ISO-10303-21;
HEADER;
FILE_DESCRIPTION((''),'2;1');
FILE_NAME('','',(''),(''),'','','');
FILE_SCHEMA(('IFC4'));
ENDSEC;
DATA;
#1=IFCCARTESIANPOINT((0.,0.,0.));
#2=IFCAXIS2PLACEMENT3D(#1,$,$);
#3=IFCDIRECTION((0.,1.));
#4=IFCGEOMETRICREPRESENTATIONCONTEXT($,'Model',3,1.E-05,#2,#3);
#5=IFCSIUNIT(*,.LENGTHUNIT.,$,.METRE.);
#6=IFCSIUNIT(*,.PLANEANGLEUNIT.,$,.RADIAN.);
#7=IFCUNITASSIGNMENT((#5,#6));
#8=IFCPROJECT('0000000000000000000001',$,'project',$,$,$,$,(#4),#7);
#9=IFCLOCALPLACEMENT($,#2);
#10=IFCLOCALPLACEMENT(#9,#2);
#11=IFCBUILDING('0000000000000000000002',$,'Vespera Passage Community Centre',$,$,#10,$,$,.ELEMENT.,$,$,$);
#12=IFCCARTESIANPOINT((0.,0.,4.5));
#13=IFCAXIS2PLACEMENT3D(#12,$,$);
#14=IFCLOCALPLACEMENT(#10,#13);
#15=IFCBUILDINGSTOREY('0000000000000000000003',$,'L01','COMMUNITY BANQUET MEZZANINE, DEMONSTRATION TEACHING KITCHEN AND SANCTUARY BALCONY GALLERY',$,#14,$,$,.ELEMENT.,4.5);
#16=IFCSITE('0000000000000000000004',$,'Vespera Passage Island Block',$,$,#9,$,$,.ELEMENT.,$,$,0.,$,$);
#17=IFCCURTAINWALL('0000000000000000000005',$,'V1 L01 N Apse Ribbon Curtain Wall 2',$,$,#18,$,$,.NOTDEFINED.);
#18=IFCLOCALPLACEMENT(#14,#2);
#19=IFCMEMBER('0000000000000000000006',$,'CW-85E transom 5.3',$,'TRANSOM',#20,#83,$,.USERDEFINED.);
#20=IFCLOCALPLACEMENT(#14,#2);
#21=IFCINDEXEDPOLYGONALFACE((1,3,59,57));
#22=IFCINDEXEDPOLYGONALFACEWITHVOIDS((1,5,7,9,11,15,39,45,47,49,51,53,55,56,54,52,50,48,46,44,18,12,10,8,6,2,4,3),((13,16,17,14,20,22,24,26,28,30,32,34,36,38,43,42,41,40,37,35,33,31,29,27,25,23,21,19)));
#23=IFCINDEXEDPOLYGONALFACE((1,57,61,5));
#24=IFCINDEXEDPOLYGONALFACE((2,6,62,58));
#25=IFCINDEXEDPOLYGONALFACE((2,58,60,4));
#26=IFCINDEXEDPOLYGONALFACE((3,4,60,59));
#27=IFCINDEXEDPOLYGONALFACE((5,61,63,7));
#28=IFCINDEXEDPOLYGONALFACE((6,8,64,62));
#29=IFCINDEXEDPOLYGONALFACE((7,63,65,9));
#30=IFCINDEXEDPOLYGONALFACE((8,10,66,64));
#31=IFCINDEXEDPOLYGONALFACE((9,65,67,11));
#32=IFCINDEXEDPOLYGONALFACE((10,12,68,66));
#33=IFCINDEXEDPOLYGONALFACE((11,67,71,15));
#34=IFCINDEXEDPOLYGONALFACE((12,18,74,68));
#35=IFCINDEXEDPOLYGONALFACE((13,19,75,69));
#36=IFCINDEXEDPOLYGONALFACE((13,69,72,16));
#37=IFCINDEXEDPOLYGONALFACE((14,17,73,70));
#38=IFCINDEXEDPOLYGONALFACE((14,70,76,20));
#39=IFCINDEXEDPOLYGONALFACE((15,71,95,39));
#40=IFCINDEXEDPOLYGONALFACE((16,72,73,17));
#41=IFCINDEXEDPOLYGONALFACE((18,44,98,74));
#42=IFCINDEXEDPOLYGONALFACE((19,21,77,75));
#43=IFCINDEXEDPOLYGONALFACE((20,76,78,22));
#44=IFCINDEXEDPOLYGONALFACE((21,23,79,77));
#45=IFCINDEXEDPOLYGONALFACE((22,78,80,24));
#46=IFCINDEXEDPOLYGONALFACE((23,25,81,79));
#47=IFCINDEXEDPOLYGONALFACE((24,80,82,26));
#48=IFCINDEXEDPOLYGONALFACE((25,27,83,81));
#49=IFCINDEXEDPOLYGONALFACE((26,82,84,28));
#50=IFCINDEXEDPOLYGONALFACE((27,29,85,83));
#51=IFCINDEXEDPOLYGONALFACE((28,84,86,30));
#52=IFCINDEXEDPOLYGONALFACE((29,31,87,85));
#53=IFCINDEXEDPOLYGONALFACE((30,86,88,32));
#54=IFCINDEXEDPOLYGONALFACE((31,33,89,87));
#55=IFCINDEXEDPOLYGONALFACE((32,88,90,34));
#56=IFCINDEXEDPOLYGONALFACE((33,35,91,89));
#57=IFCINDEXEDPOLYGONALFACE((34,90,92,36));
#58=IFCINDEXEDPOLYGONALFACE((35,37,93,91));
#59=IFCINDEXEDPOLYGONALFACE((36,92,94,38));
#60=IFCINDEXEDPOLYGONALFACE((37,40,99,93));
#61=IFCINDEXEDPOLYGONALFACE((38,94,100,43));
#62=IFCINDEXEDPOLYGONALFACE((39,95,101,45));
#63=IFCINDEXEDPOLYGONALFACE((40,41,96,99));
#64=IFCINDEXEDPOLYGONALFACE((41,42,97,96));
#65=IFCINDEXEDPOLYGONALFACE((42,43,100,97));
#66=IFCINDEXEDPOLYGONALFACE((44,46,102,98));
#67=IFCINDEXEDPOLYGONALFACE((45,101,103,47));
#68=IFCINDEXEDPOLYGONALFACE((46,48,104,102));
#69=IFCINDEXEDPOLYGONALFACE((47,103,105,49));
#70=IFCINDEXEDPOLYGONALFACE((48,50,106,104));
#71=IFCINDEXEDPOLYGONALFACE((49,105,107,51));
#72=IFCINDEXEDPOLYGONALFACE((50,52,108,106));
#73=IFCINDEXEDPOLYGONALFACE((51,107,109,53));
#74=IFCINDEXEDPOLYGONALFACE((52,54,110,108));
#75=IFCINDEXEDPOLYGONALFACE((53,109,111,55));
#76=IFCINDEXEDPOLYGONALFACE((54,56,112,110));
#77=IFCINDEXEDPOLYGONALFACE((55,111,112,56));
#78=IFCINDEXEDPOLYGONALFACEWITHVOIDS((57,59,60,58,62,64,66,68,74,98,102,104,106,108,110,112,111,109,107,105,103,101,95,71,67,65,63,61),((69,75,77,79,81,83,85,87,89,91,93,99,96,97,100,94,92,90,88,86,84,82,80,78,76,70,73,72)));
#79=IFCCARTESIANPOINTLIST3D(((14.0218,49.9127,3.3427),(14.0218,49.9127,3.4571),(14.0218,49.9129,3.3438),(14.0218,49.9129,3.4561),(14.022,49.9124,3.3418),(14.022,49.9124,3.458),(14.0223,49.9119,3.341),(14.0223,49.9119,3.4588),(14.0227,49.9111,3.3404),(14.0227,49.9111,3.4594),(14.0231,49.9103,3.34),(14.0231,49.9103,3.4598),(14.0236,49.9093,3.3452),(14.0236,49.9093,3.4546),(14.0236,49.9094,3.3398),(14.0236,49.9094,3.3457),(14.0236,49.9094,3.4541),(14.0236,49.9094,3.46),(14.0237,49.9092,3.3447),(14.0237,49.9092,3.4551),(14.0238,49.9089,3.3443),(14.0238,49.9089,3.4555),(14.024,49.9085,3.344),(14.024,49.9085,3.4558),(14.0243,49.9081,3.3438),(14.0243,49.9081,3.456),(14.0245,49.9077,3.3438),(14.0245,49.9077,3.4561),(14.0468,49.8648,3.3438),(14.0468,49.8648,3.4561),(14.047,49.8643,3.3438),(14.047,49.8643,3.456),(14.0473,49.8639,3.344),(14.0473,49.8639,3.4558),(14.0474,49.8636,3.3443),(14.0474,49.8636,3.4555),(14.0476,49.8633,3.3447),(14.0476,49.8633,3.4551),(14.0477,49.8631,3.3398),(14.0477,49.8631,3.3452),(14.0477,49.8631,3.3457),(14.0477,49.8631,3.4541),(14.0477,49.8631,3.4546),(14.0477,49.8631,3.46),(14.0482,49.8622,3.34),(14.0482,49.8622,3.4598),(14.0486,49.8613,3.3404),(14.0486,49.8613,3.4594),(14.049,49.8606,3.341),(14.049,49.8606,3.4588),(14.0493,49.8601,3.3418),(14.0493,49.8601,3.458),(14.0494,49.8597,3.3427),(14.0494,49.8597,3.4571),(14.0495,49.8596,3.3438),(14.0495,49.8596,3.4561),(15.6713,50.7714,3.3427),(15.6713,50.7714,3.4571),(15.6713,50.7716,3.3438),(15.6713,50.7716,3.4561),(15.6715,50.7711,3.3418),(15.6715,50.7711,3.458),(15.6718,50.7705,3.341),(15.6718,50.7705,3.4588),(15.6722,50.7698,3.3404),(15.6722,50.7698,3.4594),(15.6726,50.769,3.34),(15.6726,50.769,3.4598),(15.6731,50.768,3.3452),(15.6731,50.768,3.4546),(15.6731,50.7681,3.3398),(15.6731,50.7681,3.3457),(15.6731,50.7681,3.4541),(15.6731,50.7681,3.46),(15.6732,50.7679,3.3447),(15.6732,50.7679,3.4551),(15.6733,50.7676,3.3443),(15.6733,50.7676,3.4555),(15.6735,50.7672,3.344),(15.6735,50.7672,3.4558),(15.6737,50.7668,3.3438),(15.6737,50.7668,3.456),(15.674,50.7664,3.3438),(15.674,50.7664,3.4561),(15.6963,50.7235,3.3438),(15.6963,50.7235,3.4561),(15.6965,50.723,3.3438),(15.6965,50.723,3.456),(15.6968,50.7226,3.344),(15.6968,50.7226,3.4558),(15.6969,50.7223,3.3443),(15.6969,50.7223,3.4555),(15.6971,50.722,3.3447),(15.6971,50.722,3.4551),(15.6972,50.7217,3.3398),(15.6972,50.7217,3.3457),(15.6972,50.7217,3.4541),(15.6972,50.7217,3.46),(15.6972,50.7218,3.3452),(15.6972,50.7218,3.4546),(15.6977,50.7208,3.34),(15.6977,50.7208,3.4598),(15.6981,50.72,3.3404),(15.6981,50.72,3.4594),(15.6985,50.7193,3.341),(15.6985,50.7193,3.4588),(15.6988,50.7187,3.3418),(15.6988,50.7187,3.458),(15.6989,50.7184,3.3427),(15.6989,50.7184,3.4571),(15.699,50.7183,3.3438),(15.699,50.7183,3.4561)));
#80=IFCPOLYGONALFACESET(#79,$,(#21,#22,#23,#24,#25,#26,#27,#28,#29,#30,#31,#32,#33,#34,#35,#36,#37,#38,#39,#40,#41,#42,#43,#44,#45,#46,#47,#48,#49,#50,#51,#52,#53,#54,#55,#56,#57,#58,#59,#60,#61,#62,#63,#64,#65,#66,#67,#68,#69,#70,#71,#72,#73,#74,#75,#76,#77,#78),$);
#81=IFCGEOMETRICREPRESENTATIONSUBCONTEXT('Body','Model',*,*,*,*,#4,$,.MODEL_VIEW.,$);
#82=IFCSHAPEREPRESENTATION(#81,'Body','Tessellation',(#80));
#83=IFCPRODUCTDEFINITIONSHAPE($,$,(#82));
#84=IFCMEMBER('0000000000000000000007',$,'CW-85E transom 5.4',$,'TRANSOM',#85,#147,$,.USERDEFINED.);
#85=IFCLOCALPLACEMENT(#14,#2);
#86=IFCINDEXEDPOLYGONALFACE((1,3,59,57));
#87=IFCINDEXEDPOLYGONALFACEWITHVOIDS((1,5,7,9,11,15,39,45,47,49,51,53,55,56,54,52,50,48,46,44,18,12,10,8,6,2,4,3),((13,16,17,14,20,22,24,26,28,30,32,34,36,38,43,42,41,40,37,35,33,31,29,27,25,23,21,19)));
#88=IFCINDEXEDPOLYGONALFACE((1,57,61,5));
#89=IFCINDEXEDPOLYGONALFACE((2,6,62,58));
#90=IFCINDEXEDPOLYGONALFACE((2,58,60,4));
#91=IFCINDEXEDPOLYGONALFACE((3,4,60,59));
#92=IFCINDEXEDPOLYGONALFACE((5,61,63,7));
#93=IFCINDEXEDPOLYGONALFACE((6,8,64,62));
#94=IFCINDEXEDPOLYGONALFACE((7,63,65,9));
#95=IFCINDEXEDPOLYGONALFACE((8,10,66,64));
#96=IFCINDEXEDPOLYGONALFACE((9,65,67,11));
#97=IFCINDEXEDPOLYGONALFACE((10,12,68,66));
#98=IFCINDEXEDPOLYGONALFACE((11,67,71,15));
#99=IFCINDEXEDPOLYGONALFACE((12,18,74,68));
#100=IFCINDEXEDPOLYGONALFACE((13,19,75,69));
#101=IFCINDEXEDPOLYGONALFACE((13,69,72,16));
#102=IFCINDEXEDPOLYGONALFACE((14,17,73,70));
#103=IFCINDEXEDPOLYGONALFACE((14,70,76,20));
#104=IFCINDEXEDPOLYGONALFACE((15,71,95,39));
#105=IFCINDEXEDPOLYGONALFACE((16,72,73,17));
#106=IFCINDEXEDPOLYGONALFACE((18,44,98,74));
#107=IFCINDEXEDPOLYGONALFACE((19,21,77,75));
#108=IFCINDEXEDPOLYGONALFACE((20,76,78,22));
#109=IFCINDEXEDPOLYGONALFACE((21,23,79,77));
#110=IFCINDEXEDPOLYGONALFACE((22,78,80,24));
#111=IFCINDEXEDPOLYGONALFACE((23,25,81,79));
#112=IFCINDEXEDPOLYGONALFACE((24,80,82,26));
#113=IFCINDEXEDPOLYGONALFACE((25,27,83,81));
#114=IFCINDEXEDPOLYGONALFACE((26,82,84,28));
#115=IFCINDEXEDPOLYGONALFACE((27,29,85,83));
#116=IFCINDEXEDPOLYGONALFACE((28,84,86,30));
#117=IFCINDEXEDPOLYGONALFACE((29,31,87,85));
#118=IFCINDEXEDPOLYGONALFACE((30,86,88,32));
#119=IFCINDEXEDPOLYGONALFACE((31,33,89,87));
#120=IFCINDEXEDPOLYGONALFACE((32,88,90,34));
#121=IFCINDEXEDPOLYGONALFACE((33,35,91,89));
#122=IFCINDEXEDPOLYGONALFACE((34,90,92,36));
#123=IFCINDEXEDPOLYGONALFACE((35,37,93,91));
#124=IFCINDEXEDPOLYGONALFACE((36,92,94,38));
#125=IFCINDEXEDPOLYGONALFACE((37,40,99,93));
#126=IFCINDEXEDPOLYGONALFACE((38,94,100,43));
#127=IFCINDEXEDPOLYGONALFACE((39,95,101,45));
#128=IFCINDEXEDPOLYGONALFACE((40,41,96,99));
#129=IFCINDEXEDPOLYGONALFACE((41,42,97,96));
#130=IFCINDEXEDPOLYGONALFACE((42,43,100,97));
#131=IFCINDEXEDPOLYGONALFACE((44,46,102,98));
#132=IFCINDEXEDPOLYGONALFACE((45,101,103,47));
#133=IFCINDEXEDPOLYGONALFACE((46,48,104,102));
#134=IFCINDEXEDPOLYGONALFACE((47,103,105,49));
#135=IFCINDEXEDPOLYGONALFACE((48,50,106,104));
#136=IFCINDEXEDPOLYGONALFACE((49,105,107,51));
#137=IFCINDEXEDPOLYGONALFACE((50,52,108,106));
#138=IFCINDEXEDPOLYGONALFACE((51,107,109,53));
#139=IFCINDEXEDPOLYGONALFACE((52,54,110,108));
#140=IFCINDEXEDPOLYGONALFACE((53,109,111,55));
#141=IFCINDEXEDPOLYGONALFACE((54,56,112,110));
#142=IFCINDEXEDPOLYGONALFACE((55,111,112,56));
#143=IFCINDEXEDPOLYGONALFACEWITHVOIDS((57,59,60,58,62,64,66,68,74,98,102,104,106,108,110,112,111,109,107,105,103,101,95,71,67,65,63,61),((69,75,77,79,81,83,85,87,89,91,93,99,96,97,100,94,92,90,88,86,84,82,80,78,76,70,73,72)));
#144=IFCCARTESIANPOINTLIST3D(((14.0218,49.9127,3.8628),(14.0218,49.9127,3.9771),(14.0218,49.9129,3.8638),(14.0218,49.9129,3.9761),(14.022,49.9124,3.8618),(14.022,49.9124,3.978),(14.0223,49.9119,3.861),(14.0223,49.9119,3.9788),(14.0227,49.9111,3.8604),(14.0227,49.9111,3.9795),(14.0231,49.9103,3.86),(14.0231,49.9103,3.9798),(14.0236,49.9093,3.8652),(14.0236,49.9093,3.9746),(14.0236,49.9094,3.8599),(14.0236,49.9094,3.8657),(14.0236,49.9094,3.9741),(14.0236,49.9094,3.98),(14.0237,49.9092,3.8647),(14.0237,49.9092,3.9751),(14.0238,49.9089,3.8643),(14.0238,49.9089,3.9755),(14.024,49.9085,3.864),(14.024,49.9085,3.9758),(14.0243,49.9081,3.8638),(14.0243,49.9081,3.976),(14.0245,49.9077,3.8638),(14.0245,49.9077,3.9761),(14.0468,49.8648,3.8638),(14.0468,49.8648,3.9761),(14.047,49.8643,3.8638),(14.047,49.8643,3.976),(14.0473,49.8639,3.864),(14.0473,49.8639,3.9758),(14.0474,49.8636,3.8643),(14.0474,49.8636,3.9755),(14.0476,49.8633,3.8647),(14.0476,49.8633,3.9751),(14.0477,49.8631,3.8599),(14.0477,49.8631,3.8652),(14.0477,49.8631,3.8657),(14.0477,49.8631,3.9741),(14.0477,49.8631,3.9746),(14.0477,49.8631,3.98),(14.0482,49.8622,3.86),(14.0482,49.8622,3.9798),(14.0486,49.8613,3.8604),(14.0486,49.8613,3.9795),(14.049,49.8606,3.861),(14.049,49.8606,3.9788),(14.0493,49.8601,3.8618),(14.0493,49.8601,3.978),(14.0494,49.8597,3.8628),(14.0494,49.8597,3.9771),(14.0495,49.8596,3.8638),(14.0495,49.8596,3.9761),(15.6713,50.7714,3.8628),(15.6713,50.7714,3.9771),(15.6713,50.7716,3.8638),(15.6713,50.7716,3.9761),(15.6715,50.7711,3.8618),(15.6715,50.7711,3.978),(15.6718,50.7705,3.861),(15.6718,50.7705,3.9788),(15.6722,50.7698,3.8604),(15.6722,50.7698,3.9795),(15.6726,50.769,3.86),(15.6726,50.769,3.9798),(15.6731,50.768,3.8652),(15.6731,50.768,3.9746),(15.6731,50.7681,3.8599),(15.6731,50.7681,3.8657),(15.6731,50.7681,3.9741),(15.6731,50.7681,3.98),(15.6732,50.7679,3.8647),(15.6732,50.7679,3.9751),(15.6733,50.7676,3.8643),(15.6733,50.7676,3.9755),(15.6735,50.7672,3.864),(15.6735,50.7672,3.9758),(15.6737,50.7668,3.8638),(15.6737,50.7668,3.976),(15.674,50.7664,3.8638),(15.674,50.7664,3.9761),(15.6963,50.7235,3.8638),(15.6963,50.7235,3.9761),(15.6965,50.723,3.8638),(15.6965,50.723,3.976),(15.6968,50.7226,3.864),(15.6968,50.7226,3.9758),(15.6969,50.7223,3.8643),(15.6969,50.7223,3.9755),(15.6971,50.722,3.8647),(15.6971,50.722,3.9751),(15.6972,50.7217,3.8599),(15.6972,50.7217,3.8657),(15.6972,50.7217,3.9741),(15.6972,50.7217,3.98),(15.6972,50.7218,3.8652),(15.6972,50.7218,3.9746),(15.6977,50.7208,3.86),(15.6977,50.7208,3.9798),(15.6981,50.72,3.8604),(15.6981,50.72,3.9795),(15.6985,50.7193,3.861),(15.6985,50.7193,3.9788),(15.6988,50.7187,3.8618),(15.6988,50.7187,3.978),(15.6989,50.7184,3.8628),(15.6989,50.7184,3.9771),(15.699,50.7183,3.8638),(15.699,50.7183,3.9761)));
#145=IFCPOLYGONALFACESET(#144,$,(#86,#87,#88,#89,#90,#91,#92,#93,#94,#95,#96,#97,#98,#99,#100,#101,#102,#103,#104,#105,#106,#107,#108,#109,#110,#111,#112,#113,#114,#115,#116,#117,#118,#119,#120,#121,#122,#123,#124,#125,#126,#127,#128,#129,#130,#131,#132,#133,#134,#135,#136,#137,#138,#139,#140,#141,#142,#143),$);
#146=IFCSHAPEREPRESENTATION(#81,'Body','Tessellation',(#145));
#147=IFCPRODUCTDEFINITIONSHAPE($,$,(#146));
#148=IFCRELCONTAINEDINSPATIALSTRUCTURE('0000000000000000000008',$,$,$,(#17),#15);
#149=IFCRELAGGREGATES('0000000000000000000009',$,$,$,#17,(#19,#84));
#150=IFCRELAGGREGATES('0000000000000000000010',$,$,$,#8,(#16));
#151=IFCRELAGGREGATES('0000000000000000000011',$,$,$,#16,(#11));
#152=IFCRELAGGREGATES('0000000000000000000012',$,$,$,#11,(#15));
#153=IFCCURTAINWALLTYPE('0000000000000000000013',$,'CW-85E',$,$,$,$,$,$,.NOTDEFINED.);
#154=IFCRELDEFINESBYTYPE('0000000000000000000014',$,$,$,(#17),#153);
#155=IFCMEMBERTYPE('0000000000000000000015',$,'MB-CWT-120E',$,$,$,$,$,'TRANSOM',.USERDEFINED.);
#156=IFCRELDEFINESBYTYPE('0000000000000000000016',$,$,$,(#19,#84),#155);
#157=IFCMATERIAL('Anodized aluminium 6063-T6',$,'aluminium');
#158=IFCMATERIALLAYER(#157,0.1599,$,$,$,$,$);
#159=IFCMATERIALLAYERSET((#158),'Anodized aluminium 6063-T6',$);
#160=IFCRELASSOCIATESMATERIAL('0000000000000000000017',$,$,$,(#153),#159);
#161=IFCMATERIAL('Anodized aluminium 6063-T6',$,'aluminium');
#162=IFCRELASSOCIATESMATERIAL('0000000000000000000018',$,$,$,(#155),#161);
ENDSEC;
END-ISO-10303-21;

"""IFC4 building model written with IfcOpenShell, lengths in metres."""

from ifc_helpers import new_model, si_unit, direction, frame, origin, origin_2d, place, context, subcontext, project, spatial, hollow_rectangle, extrude, material, layer, layer_set, material_profile, profile_set, type_object, element, aggregate, save


model = new_model("IFC4")

# Units and contexts
model_context = context("Model", 3, precision=1e-05, world=origin(), true_north=direction((0.0, 1.0)))
body_context = subcontext(model_context, "Body", "Model", "MODEL_VIEW")
ifc_project = project(units=[si_unit("LENGTHUNIT", "METRE"), si_unit("PLANEANGLEUNIT", "RADIAN")], contexts=[model_context])

# Site, building, storey
site_placement = place(None, origin())
site = spatial("IfcSite", under=ifc_project, at=site_placement, Name="Vespera Passage Island Block", CompositionType="ELEMENT", RefElevation=0.0)
building_placement = place(site_placement, origin())
building = spatial("IfcBuilding", under=site, at=building_placement, Name="Vespera Passage Community Centre", CompositionType="ELEMENT")
storey_placement = place(building_placement, frame((0.0, 0.0, 4.5)))
storey = spatial("IfcBuildingStorey", under=building, at=storey_placement, Name="L01", Description="COMMUNITY BANQUET MEZZANINE, DEMONSTRATION TEACHING KITCHEN AND SANCTUARY BALCONY GALLERY", CompositionType="ELEMENT", Elevation=4.5)

# Curtain wall, members
ifc_material_1 = material(Name="Anodized aluminium 6063-T6", Category="aluminium")
ifc_layer_1 = layer(ifc_material_1, 0.1599)
ifc_layer_set_1 = layer_set([ifc_layer_1], Name="Anodized aluminium 6063-T6")
curtain_wall_type = type_object("IfcCurtainWallType", Name="CW-85E", PredefinedType="NOTDEFINED", material=ifc_layer_set_1)
curtain_wall_placement = place(storey_placement, origin())
curtain_wall = element("IfcCurtainWall", 1, at=curtain_wall_placement, inside=storey, type_object=curtain_wall_type, Name="V1 L01 N Apse Ribbon Curtain Wall 2", PredefinedType="NOTDEFINED")
ifc_material_2 = material(Name="Anodized aluminium 6063-T6", Category="aluminium")
ifc_material_profile_1 = material_profile(ifc_material_2, hollow_rectangle(XDim=0.0601, YDim=0.1201, WallThickness=0.0039, InnerFilletRadius=0.002, OuterFilletRadius=0.0039, at=origin_2d()), Name="ALU120X60X4")
ifc_profile_set_1 = profile_set([ifc_material_profile_1], Name="Anodized aluminium 6063-T6")
member_type_1 = type_object("IfcMemberType", Name="MB-CWT-120E", ElementType="TRANSOM", PredefinedType="USERDEFINED", material=ifc_profile_set_1)
member_1_placement = place(storey_placement, frame((14.0356, 49.8862, 3.3999), z_axis=(0.887008, 0.461754, 0.0), x_axis=(-0.461754, 0.887008, 0.0)))
member_1 = element("IfcMember", 2, at=member_1_placement, type_object=member_type_1, Name="CW-85E transom 5.3", ObjectType="TRANSOM", PredefinedType="USERDEFINED", context=body_context, shape_type="SweptSolid", body=[
    extrude(hollow_rectangle(XDim=0.0601, YDim=0.1201, WallThickness=0.0039, InnerFilletRadius=0.002, OuterFilletRadius=0.0039, at=origin_2d()), origin(), (0.0, 0.0, 1.0), 1.8596),
])
member_2_placement = place(storey_placement, frame((14.0356, 49.8862, 3.9199), z_axis=(0.887008, 0.461754, 0.0), x_axis=(-0.461754, 0.887008, 0.0)))
member_2 = element("IfcMember", 3, at=member_2_placement, type_object=member_type_1, Name="CW-85E transom 5.4", ObjectType="TRANSOM", PredefinedType="USERDEFINED", context=body_context, shape_type="SweptSolid", body=[
    extrude(hollow_rectangle(XDim=0.0601, YDim=0.1201, WallThickness=0.0039, InnerFilletRadius=0.002, OuterFilletRadius=0.0039, at=origin_2d()), origin(), (0.0, 0.0, 1.0), 1.8596),
])
aggregate(curtain_wall, [member_1, member_2])

save(model, "model.ifc")
